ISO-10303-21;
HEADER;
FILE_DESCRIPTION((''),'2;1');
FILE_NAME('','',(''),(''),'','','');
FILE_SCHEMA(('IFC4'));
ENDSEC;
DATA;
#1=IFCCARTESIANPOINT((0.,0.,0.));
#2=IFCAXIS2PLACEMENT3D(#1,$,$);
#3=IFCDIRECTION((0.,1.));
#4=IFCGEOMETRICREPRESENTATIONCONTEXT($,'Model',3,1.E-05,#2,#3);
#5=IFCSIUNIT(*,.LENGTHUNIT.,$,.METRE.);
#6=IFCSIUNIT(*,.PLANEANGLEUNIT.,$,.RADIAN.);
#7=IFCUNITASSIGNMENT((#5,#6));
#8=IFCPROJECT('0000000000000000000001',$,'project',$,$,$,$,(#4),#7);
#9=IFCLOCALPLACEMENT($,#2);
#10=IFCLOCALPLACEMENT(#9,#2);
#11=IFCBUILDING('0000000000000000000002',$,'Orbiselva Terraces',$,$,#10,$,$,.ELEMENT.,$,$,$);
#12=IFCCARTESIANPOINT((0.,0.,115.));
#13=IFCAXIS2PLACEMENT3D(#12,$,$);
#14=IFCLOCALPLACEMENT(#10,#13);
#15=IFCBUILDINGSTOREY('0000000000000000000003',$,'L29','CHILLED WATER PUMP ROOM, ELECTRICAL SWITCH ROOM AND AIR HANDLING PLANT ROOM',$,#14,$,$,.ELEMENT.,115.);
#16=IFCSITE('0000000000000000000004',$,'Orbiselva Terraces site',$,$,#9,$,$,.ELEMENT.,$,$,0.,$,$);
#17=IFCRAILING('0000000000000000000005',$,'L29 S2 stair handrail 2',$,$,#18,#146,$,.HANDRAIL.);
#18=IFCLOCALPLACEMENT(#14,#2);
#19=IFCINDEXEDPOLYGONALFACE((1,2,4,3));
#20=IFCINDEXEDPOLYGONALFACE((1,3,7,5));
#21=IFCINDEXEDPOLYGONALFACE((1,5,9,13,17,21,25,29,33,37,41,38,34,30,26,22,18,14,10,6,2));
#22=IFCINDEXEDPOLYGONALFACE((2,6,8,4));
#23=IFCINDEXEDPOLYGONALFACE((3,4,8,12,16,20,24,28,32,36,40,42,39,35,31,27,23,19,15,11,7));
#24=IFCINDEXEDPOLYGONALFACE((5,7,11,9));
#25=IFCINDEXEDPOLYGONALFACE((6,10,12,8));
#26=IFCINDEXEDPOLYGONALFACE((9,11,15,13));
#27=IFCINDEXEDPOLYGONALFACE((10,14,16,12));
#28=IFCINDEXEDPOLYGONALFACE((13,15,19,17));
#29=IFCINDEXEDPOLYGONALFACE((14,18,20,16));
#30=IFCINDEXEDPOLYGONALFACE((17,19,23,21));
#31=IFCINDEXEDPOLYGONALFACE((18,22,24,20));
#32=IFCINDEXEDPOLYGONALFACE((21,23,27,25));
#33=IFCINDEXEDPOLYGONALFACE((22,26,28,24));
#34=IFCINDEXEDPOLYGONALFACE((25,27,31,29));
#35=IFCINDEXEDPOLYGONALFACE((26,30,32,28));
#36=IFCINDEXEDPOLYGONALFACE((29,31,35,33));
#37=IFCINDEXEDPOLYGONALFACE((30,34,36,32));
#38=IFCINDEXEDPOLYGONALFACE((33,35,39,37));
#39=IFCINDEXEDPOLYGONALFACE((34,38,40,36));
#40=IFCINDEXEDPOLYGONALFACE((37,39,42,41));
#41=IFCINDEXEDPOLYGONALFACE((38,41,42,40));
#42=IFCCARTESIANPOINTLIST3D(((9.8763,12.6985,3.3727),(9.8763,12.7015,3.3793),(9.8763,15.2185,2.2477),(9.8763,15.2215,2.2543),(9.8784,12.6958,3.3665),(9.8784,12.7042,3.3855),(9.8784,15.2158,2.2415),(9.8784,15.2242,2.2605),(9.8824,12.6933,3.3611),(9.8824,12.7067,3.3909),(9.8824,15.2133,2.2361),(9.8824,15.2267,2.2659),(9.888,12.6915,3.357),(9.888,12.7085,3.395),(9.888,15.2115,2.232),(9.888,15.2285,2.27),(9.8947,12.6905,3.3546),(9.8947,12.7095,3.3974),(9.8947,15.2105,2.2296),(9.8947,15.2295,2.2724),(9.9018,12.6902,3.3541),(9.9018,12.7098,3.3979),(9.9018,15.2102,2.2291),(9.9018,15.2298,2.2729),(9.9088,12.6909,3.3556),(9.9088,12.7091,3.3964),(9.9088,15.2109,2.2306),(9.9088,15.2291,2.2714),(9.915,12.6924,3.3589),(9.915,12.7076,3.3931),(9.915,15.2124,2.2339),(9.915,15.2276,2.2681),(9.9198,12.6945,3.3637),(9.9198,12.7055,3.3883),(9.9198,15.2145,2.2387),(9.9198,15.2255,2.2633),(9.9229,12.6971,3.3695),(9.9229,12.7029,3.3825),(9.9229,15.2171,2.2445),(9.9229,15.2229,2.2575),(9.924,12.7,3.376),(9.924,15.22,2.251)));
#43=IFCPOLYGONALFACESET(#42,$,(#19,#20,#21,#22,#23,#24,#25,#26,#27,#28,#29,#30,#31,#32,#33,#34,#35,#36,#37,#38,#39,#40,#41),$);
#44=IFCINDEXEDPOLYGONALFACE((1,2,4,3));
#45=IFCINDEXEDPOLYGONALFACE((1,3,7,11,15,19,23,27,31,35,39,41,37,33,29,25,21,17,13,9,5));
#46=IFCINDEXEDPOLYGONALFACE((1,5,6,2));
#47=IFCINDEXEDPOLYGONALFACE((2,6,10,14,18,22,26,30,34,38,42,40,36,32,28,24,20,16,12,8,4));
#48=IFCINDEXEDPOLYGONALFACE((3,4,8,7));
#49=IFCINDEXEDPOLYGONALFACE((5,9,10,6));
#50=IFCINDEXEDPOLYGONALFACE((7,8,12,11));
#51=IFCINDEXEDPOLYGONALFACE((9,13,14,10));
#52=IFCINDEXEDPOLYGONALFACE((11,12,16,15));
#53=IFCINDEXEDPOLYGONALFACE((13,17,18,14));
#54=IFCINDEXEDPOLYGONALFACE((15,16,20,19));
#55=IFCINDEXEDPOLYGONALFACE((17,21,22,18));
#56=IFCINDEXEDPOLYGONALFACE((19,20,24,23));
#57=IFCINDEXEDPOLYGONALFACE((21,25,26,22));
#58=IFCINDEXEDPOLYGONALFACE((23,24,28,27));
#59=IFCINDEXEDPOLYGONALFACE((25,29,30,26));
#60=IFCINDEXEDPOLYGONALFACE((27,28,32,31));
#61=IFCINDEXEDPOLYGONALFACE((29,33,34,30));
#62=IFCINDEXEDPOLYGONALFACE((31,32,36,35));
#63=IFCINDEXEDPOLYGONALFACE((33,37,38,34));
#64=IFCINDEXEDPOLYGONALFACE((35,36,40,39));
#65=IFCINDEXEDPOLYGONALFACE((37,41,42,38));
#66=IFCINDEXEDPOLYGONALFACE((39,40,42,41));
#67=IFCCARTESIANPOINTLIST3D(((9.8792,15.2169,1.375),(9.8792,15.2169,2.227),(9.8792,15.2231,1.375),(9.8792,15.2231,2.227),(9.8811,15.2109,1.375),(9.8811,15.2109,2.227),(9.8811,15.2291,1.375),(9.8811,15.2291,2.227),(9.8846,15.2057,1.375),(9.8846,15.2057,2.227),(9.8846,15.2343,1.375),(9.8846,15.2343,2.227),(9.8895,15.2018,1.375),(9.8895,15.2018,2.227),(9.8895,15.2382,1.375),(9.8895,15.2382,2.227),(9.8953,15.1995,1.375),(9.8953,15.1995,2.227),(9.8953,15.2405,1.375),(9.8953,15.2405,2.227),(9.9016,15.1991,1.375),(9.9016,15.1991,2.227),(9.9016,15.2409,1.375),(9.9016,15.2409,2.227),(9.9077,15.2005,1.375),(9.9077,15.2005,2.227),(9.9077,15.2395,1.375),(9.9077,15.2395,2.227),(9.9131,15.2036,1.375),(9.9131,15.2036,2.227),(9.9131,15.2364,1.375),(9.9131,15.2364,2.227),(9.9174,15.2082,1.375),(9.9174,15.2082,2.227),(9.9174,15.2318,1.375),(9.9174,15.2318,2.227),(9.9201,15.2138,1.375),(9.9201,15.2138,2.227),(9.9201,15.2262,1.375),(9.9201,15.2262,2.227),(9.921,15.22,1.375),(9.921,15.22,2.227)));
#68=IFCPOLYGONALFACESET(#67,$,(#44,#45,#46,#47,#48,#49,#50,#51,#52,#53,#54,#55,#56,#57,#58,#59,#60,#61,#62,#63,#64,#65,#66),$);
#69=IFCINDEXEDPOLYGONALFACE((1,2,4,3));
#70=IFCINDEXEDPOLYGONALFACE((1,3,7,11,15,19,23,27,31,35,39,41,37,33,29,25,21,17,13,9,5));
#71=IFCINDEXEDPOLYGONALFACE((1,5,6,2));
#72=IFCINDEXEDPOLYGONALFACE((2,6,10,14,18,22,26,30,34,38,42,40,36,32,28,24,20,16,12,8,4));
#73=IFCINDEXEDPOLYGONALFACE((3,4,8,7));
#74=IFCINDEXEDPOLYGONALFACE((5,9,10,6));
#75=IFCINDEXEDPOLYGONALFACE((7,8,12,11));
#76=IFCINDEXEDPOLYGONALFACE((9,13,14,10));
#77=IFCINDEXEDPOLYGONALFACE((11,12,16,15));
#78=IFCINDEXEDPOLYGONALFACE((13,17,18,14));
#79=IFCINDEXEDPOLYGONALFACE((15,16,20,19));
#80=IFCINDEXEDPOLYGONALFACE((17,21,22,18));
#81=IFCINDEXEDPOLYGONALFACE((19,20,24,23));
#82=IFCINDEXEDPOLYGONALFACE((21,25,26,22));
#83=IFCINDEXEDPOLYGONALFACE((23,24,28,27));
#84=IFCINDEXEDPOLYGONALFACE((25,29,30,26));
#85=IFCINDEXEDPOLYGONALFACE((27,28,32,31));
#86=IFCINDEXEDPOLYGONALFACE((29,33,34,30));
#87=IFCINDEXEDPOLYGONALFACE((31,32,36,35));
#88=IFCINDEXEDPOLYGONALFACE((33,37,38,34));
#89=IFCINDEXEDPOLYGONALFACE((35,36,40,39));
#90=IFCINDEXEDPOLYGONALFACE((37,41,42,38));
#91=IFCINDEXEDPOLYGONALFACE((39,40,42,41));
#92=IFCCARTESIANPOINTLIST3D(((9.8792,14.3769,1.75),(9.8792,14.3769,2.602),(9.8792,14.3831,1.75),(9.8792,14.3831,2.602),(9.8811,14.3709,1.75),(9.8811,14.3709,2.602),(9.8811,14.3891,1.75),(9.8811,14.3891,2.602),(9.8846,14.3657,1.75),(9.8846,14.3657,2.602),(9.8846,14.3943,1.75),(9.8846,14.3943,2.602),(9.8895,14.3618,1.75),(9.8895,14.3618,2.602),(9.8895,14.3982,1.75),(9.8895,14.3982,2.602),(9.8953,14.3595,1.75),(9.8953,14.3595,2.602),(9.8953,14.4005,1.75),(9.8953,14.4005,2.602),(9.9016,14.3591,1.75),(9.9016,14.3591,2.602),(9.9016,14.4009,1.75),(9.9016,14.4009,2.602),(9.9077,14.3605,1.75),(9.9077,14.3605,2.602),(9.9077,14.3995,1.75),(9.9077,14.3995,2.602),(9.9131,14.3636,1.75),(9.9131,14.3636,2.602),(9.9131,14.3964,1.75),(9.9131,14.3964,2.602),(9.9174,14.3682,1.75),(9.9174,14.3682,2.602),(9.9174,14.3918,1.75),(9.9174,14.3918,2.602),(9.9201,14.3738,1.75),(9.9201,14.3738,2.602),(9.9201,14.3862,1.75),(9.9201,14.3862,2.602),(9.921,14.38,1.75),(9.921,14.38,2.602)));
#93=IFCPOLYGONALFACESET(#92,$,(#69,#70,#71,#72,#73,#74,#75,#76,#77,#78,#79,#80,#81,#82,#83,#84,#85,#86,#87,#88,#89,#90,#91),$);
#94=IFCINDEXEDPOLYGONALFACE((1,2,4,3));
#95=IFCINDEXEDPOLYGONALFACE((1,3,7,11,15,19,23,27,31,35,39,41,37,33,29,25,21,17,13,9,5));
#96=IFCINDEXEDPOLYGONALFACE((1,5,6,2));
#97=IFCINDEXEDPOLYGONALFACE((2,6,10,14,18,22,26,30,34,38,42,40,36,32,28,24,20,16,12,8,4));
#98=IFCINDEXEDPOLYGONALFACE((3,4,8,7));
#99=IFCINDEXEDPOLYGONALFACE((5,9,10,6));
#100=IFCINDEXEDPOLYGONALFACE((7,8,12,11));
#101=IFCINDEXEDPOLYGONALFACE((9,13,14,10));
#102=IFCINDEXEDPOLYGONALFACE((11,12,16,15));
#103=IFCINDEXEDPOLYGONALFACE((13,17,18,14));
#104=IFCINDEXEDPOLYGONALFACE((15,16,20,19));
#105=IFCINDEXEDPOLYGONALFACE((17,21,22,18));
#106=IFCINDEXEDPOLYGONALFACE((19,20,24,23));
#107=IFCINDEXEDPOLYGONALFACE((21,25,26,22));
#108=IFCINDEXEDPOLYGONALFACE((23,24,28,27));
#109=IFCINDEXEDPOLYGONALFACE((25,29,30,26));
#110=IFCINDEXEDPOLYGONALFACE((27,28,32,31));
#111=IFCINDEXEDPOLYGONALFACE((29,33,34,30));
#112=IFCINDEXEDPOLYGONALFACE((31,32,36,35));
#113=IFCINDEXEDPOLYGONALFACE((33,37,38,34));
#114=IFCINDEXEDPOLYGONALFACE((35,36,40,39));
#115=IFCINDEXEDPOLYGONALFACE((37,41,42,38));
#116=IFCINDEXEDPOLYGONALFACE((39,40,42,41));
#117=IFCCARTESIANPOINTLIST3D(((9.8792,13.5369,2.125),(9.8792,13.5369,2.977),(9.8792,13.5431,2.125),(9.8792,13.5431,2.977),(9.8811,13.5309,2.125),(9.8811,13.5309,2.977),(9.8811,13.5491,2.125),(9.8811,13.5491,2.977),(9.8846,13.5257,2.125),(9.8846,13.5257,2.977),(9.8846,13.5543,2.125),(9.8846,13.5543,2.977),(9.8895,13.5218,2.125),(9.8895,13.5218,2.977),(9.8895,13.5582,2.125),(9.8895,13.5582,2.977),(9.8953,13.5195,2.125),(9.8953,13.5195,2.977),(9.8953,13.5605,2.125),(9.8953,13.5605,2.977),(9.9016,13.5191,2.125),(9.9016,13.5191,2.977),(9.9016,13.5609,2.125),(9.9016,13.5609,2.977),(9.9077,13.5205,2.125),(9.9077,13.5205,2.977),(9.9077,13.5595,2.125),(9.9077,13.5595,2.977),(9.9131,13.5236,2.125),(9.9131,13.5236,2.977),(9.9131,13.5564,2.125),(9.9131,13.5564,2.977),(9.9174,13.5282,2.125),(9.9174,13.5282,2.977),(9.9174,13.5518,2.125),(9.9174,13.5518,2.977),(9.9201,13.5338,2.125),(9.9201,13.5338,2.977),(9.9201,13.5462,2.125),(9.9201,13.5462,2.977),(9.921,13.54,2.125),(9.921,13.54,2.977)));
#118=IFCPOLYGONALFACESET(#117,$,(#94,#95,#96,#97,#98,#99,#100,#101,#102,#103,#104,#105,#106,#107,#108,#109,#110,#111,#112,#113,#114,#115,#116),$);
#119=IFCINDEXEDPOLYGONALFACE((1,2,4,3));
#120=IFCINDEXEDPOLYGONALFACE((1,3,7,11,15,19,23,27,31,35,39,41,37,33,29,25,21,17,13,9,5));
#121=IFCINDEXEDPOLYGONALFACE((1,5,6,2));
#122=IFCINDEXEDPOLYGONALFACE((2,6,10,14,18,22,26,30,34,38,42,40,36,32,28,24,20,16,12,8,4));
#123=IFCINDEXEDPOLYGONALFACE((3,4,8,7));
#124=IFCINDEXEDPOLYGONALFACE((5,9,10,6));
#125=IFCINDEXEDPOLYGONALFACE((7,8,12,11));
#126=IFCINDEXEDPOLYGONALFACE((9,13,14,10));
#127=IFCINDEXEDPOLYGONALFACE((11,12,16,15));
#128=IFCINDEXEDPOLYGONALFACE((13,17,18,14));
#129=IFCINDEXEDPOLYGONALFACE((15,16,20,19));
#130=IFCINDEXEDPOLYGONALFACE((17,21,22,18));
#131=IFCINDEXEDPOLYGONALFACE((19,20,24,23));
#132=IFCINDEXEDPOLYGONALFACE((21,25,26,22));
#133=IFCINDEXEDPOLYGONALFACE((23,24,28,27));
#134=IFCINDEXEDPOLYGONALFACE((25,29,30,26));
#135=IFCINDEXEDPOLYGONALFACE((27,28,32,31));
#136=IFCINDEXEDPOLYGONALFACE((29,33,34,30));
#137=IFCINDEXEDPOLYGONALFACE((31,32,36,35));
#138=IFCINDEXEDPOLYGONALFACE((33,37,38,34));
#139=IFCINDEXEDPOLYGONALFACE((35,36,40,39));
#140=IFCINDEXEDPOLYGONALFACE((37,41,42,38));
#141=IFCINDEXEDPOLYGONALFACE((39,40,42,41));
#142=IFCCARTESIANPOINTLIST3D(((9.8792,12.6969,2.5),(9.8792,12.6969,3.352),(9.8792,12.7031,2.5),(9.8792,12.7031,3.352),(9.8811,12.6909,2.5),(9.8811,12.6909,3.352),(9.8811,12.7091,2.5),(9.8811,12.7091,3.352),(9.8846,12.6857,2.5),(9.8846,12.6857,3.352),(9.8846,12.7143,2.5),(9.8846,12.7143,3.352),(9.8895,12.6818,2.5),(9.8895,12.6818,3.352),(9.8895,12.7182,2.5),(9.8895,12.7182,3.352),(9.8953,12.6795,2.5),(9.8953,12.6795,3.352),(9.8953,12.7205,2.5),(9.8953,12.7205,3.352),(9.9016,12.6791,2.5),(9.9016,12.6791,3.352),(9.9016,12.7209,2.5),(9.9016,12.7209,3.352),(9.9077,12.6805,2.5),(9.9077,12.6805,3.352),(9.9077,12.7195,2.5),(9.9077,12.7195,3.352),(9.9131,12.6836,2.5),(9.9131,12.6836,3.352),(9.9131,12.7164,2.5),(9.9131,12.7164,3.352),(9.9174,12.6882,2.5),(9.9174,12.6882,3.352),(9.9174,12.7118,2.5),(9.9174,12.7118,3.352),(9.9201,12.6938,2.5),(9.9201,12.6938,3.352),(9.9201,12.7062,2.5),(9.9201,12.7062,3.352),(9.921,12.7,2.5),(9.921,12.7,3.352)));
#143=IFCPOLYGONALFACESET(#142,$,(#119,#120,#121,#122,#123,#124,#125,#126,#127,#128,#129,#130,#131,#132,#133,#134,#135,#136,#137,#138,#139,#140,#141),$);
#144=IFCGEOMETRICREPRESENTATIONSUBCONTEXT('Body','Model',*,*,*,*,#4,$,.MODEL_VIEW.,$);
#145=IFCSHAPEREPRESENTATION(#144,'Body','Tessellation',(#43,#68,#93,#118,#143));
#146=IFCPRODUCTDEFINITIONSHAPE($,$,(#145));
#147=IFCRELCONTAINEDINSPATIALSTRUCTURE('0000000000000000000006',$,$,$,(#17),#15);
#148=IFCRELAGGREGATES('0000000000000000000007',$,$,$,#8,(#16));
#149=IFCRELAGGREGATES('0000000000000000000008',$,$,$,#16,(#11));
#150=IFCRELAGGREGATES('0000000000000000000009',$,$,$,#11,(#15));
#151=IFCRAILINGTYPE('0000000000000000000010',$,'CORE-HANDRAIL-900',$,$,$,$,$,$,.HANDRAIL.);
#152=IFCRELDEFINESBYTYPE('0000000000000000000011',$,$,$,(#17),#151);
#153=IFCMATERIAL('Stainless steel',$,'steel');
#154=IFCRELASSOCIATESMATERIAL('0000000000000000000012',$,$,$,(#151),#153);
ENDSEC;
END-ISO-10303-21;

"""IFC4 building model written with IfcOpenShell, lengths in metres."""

from ifc_helpers import new_model, si_unit, direction, frame, origin, origin_2d, place, context, subcontext, project, spatial, circle, extrude, material, type_object, element, save


model = new_model("IFC4")

# Units and contexts
model_context = context("Model", 3, precision=1e-05, world=origin(), true_north=direction((0.0, 1.0)))
body_context = subcontext(model_context, "Body", "Model", "MODEL_VIEW")
ifc_project = project(units=[si_unit("LENGTHUNIT", "METRE"), si_unit("PLANEANGLEUNIT", "RADIAN")], contexts=[model_context])

# Site, building, storey
site_placement = place(None, origin())
site = spatial("IfcSite", under=ifc_project, at=site_placement, Name="Orbiselva Terraces site", CompositionType="ELEMENT", RefElevation=0.0)
building_placement = place(site_placement, origin())
building = spatial("IfcBuilding", under=site, at=building_placement, Name="Orbiselva Terraces", CompositionType="ELEMENT")
storey_placement = place(building_placement, frame((0.0, 0.0, 115.0)))
storey = spatial("IfcBuildingStorey", under=building, at=storey_placement, Name="L29", Description="CHILLED WATER PUMP ROOM, ELECTRICAL SWITCH ROOM AND AIR HANDLING PLANT ROOM", CompositionType="ELEMENT", Elevation=115.0)

# Railing
ifc_material_1 = material(Name="Stainless steel", Category="steel")
railing_type = type_object("IfcRailingType", Name="CORE-HANDRAIL-900", PredefinedType="HANDRAIL", material=ifc_material_1)
for number, where, name in (
    (1, (9.9, 15.22, 1.375), "L29 S2 stair handrail 2"),
):
    element("IfcRailing", number, at=place(storey_placement, frame(where)), inside=storey, type_object=railing_type, Name=name, PredefinedType="HANDRAIL", context=body_context, shape_type="SweptSolid", body=[
        extrude(circle(Radius=0.024, at=origin_2d()), frame((0.0, 0.0, 0.876), z_axis=(0.0, -0.913138, 0.407651), x_axis=(1.0, 0.0, 0.0)), (0.0, 0.0, 1.0), 2.7597),
        extrude(circle(Radius=0.021, at=origin_2d()), origin(), (0.0, 0.0, 1.0), 0.852),
        extrude(circle(Radius=0.021, at=origin_2d()), frame((0.0, -0.84, 0.375)), (0.0, 0.0, 1.0), 0.852),
        extrude(circle(Radius=0.021, at=origin_2d()), frame((0.0, -1.68, 0.75)), (0.0, 0.0, 1.0), 0.852),
        extrude(circle(Radius=0.021, at=origin_2d()), frame((0.0, -2.52, 1.125)), (0.0, 0.0, 1.0), 0.852),
    ])

save(model, "model.ifc")
